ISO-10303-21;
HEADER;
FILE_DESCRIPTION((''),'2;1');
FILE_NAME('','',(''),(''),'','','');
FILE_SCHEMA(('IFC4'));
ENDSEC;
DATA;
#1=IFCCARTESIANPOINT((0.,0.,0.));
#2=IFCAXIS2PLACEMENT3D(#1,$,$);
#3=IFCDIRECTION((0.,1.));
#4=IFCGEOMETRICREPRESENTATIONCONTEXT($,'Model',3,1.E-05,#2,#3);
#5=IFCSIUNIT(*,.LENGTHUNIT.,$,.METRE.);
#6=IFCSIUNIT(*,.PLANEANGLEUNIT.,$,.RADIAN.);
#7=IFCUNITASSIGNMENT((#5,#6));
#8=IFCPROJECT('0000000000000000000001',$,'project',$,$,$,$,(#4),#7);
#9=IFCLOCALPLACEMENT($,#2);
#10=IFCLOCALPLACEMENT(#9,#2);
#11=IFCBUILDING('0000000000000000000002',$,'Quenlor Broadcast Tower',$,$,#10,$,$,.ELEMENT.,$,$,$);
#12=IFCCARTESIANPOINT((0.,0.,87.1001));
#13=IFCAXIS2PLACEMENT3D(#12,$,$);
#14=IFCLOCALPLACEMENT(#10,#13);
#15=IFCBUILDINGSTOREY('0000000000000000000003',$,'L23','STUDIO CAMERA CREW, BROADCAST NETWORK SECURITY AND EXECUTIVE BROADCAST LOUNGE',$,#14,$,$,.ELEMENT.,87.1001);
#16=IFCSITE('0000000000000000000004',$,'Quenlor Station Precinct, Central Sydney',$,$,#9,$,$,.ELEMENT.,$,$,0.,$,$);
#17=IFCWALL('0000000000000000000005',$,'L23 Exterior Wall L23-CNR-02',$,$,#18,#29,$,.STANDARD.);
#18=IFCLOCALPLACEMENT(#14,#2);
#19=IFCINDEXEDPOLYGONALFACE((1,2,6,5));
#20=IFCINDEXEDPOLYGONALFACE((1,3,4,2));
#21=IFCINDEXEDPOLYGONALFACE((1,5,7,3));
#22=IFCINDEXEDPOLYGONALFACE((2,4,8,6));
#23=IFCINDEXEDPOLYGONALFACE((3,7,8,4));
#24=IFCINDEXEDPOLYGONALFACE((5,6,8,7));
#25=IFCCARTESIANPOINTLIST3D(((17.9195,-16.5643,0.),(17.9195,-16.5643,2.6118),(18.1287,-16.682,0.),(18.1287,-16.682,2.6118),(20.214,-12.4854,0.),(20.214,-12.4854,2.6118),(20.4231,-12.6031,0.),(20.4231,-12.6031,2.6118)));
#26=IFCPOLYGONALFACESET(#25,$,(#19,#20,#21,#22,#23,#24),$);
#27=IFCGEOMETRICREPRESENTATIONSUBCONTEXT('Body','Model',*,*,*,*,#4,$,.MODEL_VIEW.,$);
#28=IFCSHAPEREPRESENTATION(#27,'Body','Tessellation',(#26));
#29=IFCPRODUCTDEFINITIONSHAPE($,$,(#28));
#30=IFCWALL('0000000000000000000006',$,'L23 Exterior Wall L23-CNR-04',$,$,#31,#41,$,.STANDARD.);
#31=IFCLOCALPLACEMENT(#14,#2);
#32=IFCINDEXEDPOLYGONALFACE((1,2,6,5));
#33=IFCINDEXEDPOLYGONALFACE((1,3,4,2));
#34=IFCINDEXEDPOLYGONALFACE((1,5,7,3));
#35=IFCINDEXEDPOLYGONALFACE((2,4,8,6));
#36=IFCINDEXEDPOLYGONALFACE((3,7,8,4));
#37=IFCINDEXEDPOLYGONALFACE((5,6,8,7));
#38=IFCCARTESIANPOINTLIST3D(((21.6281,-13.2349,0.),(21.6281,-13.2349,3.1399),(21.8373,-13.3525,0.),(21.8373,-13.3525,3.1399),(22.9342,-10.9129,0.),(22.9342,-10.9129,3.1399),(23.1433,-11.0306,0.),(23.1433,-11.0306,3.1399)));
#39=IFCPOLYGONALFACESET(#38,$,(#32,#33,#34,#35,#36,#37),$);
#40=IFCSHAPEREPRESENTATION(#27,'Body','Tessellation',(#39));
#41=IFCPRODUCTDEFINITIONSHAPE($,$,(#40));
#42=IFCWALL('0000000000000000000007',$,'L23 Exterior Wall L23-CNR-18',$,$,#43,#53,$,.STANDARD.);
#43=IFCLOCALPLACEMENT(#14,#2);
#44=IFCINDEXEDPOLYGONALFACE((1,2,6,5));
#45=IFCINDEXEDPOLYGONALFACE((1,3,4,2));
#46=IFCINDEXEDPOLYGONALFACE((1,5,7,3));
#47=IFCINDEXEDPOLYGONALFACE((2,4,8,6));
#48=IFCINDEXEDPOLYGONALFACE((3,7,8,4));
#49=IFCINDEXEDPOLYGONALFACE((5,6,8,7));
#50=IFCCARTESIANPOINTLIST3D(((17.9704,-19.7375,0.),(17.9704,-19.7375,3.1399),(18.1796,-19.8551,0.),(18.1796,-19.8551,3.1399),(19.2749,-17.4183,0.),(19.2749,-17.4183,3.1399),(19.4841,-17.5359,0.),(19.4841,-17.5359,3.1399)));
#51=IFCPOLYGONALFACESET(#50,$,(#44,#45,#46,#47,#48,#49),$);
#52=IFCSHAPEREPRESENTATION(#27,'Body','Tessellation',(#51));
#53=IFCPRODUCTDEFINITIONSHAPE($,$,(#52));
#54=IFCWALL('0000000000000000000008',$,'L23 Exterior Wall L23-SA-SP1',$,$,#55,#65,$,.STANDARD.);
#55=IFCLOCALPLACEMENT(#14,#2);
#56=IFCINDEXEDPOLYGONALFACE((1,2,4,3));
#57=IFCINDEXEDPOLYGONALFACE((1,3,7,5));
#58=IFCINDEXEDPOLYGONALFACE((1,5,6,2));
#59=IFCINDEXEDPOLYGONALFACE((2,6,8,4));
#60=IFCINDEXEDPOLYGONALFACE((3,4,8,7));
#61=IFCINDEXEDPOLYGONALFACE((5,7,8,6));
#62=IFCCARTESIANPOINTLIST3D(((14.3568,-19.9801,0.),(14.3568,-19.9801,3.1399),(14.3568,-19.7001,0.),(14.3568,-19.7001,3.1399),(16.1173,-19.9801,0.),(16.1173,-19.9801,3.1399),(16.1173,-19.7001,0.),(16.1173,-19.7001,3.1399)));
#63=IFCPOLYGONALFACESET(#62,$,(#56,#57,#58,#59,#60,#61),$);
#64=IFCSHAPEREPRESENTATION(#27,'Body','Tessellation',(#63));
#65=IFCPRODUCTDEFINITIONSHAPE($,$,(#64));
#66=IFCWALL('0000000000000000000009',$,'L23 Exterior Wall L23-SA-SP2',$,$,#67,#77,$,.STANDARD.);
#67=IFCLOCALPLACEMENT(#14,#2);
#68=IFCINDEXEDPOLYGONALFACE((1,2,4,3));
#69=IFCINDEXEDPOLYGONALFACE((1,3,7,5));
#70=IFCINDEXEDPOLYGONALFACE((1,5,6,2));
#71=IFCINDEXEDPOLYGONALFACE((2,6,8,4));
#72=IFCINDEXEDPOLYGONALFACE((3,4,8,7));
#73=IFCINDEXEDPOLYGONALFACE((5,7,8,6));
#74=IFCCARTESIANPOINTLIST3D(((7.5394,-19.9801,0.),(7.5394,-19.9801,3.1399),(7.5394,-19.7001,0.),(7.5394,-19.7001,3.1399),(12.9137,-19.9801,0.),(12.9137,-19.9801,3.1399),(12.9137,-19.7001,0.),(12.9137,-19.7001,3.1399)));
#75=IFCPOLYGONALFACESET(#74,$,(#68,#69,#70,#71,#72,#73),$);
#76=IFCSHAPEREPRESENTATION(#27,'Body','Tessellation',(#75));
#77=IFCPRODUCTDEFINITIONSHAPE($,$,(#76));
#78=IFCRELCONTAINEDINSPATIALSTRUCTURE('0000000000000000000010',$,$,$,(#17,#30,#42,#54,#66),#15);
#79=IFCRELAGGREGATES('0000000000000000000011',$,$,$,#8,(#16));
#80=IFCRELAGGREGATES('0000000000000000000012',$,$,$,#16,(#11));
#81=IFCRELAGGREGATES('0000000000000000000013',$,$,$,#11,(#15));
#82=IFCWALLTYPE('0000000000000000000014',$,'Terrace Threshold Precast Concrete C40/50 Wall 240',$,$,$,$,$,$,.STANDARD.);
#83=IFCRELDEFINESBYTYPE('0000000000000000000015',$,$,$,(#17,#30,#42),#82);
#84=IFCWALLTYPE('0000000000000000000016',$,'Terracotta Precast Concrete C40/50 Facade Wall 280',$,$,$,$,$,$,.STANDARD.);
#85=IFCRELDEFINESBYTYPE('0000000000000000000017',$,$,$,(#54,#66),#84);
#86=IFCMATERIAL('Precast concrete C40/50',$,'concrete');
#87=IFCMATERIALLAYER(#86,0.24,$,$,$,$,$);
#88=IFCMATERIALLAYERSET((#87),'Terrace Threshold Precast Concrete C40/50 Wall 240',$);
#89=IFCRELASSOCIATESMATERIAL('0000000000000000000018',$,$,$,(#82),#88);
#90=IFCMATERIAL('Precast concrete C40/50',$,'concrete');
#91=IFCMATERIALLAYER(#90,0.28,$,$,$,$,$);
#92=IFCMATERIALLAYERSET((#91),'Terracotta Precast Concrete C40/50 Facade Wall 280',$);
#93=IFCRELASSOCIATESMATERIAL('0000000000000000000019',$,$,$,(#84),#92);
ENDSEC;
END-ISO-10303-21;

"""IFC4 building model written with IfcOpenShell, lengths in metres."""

from ifc_helpers import new_model, si_unit, direction, frame, frame_2d, origin, place, context, subcontext, project, spatial, rectangle, extrude, material, layer, layer_set, type_object, element, save


model = new_model("IFC4")

# Units and contexts
model_context = context("Model", 3, precision=1e-05, world=origin(), true_north=direction((0.0, 1.0)))
body_context = subcontext(model_context, "Body", "Model", "MODEL_VIEW")
ifc_project = project(units=[si_unit("LENGTHUNIT", "METRE"), si_unit("PLANEANGLEUNIT", "RADIAN")], contexts=[model_context])

# Site, building, storey
site_placement = place(None, origin())
site = spatial("IfcSite", under=ifc_project, at=site_placement, Name="Quenlor Station Precinct, Central Sydney", CompositionType="ELEMENT", RefElevation=0.0)
building_placement = place(site_placement, origin())
building = spatial("IfcBuilding", under=site, at=building_placement, Name="Quenlor Broadcast Tower", CompositionType="ELEMENT")
storey_placement = place(building_placement, frame((0.0, 0.0, 87.1001)))
storey = spatial("IfcBuildingStorey", under=building, at=storey_placement, Name="L23", Description="STUDIO CAMERA CREW, BROADCAST NETWORK SECURITY AND EXECUTIVE BROADCAST LOUNGE", CompositionType="ELEMENT", Elevation=87.1001)

# Walls
ifc_material_1 = material(Name="Precast concrete C40/50", Category="concrete")
ifc_layer_1 = layer(ifc_material_1, 0.24)
ifc_layer_set_1 = layer_set([ifc_layer_1], Name="Terrace Threshold Precast Concrete C40/50 Wall 240")
wall_type_1 = type_object("IfcWallType", Name="Terrace Threshold Precast Concrete C40/50 Wall 240", PredefinedType="STANDARD", material=ifc_layer_set_1)
wall_1_placement = place(storey_placement, frame((18.0242, -16.623, 0.0), z_axis=(0.0, 0.0, 1.0), x_axis=(0.490274, 0.871569, 0.0)))
element("IfcWall", 1, at=wall_1_placement, inside=storey, type_object=wall_type_1, Name="L23 Exterior Wall L23-CNR-02", PredefinedType="STANDARD", context=body_context, shape_type="SweptSolid", body=[
    extrude(rectangle(XDim=4.6799, YDim=0.24, at=frame_2d((2.3398, 0.0))), origin(), (0.0, 0.0, 1.0), 2.6118),
])
wall_2_placement = place(storey_placement, frame((21.7327, -13.2937, 0.0), z_axis=(0.0, 0.0, 1.0), x_axis=(0.490266, 0.871573, 0.0)))
element("IfcWall", 2, at=wall_2_placement, inside=storey, type_object=wall_type_1, Name="L23 Exterior Wall L23-CNR-04", PredefinedType="STANDARD", context=body_context, shape_type="SweptSolid", body=[
    extrude(rectangle(XDim=2.6641, YDim=0.24, at=frame_2d((1.332, 0.0))), origin(), (0.0, 0.0, 1.0), 3.1399),
])
wall_3_placement = place(storey_placement, frame((18.075, -19.7964, 0.0), z_axis=(0.0, 0.0, 1.0), x_axis=(0.490248, 0.871583, 0.0)))
element("IfcWall", 3, at=wall_3_placement, inside=storey, type_object=wall_type_1, Name="L23 Exterior Wall L23-CNR-18", PredefinedType="STANDARD", context=body_context, shape_type="SweptSolid", body=[
    extrude(rectangle(XDim=2.6609, YDim=0.24, at=frame_2d((1.3306, 0.0))), origin(), (0.0, 0.0, 1.0), 3.1399),
])
ifc_material_2 = material(Name="Precast concrete C40/50", Category="concrete")
ifc_layer_2 = layer(ifc_material_2, 0.28)
ifc_layer_set_2 = layer_set([ifc_layer_2], Name="Terracotta Precast Concrete C40/50 Facade Wall 280")
wall_type_2 = type_object("IfcWallType", Name="Terracotta Precast Concrete C40/50 Facade Wall 280", PredefinedType="STANDARD", material=ifc_layer_set_2)
wall_4_placement = place(storey_placement, frame((16.1174, -19.8401, 0.0), z_axis=(0.0, 0.0, 1.0), x_axis=(-1.0, 0.0, 0.0)))
element("IfcWall", 4, at=wall_4_placement, inside=storey, type_object=wall_type_2, Name="L23 Exterior Wall L23-SA-SP1", PredefinedType="STANDARD", context=body_context, shape_type="SweptSolid", body=[
    extrude(rectangle(XDim=1.7605, YDim=0.28, at=frame_2d((0.8804, 0.0))), origin(), (0.0, 0.0, 1.0), 3.1399),
])
wall_5_placement = place(storey_placement, frame((12.9136, -19.8401, 0.0), z_axis=(0.0, 0.0, 1.0), x_axis=(-1.0, 0.0, 0.0)))
element("IfcWall", 5, at=wall_5_placement, inside=storey, type_object=wall_type_2, Name="L23 Exterior Wall L23-SA-SP2", PredefinedType="STANDARD", context=body_context, shape_type="SweptSolid", body=[
    extrude(rectangle(XDim=5.3743, YDim=0.28, at=frame_2d((2.687, 0.0))), origin(), (0.0, 0.0, 1.0), 3.1399),
])

save(model, "model.ifc")
